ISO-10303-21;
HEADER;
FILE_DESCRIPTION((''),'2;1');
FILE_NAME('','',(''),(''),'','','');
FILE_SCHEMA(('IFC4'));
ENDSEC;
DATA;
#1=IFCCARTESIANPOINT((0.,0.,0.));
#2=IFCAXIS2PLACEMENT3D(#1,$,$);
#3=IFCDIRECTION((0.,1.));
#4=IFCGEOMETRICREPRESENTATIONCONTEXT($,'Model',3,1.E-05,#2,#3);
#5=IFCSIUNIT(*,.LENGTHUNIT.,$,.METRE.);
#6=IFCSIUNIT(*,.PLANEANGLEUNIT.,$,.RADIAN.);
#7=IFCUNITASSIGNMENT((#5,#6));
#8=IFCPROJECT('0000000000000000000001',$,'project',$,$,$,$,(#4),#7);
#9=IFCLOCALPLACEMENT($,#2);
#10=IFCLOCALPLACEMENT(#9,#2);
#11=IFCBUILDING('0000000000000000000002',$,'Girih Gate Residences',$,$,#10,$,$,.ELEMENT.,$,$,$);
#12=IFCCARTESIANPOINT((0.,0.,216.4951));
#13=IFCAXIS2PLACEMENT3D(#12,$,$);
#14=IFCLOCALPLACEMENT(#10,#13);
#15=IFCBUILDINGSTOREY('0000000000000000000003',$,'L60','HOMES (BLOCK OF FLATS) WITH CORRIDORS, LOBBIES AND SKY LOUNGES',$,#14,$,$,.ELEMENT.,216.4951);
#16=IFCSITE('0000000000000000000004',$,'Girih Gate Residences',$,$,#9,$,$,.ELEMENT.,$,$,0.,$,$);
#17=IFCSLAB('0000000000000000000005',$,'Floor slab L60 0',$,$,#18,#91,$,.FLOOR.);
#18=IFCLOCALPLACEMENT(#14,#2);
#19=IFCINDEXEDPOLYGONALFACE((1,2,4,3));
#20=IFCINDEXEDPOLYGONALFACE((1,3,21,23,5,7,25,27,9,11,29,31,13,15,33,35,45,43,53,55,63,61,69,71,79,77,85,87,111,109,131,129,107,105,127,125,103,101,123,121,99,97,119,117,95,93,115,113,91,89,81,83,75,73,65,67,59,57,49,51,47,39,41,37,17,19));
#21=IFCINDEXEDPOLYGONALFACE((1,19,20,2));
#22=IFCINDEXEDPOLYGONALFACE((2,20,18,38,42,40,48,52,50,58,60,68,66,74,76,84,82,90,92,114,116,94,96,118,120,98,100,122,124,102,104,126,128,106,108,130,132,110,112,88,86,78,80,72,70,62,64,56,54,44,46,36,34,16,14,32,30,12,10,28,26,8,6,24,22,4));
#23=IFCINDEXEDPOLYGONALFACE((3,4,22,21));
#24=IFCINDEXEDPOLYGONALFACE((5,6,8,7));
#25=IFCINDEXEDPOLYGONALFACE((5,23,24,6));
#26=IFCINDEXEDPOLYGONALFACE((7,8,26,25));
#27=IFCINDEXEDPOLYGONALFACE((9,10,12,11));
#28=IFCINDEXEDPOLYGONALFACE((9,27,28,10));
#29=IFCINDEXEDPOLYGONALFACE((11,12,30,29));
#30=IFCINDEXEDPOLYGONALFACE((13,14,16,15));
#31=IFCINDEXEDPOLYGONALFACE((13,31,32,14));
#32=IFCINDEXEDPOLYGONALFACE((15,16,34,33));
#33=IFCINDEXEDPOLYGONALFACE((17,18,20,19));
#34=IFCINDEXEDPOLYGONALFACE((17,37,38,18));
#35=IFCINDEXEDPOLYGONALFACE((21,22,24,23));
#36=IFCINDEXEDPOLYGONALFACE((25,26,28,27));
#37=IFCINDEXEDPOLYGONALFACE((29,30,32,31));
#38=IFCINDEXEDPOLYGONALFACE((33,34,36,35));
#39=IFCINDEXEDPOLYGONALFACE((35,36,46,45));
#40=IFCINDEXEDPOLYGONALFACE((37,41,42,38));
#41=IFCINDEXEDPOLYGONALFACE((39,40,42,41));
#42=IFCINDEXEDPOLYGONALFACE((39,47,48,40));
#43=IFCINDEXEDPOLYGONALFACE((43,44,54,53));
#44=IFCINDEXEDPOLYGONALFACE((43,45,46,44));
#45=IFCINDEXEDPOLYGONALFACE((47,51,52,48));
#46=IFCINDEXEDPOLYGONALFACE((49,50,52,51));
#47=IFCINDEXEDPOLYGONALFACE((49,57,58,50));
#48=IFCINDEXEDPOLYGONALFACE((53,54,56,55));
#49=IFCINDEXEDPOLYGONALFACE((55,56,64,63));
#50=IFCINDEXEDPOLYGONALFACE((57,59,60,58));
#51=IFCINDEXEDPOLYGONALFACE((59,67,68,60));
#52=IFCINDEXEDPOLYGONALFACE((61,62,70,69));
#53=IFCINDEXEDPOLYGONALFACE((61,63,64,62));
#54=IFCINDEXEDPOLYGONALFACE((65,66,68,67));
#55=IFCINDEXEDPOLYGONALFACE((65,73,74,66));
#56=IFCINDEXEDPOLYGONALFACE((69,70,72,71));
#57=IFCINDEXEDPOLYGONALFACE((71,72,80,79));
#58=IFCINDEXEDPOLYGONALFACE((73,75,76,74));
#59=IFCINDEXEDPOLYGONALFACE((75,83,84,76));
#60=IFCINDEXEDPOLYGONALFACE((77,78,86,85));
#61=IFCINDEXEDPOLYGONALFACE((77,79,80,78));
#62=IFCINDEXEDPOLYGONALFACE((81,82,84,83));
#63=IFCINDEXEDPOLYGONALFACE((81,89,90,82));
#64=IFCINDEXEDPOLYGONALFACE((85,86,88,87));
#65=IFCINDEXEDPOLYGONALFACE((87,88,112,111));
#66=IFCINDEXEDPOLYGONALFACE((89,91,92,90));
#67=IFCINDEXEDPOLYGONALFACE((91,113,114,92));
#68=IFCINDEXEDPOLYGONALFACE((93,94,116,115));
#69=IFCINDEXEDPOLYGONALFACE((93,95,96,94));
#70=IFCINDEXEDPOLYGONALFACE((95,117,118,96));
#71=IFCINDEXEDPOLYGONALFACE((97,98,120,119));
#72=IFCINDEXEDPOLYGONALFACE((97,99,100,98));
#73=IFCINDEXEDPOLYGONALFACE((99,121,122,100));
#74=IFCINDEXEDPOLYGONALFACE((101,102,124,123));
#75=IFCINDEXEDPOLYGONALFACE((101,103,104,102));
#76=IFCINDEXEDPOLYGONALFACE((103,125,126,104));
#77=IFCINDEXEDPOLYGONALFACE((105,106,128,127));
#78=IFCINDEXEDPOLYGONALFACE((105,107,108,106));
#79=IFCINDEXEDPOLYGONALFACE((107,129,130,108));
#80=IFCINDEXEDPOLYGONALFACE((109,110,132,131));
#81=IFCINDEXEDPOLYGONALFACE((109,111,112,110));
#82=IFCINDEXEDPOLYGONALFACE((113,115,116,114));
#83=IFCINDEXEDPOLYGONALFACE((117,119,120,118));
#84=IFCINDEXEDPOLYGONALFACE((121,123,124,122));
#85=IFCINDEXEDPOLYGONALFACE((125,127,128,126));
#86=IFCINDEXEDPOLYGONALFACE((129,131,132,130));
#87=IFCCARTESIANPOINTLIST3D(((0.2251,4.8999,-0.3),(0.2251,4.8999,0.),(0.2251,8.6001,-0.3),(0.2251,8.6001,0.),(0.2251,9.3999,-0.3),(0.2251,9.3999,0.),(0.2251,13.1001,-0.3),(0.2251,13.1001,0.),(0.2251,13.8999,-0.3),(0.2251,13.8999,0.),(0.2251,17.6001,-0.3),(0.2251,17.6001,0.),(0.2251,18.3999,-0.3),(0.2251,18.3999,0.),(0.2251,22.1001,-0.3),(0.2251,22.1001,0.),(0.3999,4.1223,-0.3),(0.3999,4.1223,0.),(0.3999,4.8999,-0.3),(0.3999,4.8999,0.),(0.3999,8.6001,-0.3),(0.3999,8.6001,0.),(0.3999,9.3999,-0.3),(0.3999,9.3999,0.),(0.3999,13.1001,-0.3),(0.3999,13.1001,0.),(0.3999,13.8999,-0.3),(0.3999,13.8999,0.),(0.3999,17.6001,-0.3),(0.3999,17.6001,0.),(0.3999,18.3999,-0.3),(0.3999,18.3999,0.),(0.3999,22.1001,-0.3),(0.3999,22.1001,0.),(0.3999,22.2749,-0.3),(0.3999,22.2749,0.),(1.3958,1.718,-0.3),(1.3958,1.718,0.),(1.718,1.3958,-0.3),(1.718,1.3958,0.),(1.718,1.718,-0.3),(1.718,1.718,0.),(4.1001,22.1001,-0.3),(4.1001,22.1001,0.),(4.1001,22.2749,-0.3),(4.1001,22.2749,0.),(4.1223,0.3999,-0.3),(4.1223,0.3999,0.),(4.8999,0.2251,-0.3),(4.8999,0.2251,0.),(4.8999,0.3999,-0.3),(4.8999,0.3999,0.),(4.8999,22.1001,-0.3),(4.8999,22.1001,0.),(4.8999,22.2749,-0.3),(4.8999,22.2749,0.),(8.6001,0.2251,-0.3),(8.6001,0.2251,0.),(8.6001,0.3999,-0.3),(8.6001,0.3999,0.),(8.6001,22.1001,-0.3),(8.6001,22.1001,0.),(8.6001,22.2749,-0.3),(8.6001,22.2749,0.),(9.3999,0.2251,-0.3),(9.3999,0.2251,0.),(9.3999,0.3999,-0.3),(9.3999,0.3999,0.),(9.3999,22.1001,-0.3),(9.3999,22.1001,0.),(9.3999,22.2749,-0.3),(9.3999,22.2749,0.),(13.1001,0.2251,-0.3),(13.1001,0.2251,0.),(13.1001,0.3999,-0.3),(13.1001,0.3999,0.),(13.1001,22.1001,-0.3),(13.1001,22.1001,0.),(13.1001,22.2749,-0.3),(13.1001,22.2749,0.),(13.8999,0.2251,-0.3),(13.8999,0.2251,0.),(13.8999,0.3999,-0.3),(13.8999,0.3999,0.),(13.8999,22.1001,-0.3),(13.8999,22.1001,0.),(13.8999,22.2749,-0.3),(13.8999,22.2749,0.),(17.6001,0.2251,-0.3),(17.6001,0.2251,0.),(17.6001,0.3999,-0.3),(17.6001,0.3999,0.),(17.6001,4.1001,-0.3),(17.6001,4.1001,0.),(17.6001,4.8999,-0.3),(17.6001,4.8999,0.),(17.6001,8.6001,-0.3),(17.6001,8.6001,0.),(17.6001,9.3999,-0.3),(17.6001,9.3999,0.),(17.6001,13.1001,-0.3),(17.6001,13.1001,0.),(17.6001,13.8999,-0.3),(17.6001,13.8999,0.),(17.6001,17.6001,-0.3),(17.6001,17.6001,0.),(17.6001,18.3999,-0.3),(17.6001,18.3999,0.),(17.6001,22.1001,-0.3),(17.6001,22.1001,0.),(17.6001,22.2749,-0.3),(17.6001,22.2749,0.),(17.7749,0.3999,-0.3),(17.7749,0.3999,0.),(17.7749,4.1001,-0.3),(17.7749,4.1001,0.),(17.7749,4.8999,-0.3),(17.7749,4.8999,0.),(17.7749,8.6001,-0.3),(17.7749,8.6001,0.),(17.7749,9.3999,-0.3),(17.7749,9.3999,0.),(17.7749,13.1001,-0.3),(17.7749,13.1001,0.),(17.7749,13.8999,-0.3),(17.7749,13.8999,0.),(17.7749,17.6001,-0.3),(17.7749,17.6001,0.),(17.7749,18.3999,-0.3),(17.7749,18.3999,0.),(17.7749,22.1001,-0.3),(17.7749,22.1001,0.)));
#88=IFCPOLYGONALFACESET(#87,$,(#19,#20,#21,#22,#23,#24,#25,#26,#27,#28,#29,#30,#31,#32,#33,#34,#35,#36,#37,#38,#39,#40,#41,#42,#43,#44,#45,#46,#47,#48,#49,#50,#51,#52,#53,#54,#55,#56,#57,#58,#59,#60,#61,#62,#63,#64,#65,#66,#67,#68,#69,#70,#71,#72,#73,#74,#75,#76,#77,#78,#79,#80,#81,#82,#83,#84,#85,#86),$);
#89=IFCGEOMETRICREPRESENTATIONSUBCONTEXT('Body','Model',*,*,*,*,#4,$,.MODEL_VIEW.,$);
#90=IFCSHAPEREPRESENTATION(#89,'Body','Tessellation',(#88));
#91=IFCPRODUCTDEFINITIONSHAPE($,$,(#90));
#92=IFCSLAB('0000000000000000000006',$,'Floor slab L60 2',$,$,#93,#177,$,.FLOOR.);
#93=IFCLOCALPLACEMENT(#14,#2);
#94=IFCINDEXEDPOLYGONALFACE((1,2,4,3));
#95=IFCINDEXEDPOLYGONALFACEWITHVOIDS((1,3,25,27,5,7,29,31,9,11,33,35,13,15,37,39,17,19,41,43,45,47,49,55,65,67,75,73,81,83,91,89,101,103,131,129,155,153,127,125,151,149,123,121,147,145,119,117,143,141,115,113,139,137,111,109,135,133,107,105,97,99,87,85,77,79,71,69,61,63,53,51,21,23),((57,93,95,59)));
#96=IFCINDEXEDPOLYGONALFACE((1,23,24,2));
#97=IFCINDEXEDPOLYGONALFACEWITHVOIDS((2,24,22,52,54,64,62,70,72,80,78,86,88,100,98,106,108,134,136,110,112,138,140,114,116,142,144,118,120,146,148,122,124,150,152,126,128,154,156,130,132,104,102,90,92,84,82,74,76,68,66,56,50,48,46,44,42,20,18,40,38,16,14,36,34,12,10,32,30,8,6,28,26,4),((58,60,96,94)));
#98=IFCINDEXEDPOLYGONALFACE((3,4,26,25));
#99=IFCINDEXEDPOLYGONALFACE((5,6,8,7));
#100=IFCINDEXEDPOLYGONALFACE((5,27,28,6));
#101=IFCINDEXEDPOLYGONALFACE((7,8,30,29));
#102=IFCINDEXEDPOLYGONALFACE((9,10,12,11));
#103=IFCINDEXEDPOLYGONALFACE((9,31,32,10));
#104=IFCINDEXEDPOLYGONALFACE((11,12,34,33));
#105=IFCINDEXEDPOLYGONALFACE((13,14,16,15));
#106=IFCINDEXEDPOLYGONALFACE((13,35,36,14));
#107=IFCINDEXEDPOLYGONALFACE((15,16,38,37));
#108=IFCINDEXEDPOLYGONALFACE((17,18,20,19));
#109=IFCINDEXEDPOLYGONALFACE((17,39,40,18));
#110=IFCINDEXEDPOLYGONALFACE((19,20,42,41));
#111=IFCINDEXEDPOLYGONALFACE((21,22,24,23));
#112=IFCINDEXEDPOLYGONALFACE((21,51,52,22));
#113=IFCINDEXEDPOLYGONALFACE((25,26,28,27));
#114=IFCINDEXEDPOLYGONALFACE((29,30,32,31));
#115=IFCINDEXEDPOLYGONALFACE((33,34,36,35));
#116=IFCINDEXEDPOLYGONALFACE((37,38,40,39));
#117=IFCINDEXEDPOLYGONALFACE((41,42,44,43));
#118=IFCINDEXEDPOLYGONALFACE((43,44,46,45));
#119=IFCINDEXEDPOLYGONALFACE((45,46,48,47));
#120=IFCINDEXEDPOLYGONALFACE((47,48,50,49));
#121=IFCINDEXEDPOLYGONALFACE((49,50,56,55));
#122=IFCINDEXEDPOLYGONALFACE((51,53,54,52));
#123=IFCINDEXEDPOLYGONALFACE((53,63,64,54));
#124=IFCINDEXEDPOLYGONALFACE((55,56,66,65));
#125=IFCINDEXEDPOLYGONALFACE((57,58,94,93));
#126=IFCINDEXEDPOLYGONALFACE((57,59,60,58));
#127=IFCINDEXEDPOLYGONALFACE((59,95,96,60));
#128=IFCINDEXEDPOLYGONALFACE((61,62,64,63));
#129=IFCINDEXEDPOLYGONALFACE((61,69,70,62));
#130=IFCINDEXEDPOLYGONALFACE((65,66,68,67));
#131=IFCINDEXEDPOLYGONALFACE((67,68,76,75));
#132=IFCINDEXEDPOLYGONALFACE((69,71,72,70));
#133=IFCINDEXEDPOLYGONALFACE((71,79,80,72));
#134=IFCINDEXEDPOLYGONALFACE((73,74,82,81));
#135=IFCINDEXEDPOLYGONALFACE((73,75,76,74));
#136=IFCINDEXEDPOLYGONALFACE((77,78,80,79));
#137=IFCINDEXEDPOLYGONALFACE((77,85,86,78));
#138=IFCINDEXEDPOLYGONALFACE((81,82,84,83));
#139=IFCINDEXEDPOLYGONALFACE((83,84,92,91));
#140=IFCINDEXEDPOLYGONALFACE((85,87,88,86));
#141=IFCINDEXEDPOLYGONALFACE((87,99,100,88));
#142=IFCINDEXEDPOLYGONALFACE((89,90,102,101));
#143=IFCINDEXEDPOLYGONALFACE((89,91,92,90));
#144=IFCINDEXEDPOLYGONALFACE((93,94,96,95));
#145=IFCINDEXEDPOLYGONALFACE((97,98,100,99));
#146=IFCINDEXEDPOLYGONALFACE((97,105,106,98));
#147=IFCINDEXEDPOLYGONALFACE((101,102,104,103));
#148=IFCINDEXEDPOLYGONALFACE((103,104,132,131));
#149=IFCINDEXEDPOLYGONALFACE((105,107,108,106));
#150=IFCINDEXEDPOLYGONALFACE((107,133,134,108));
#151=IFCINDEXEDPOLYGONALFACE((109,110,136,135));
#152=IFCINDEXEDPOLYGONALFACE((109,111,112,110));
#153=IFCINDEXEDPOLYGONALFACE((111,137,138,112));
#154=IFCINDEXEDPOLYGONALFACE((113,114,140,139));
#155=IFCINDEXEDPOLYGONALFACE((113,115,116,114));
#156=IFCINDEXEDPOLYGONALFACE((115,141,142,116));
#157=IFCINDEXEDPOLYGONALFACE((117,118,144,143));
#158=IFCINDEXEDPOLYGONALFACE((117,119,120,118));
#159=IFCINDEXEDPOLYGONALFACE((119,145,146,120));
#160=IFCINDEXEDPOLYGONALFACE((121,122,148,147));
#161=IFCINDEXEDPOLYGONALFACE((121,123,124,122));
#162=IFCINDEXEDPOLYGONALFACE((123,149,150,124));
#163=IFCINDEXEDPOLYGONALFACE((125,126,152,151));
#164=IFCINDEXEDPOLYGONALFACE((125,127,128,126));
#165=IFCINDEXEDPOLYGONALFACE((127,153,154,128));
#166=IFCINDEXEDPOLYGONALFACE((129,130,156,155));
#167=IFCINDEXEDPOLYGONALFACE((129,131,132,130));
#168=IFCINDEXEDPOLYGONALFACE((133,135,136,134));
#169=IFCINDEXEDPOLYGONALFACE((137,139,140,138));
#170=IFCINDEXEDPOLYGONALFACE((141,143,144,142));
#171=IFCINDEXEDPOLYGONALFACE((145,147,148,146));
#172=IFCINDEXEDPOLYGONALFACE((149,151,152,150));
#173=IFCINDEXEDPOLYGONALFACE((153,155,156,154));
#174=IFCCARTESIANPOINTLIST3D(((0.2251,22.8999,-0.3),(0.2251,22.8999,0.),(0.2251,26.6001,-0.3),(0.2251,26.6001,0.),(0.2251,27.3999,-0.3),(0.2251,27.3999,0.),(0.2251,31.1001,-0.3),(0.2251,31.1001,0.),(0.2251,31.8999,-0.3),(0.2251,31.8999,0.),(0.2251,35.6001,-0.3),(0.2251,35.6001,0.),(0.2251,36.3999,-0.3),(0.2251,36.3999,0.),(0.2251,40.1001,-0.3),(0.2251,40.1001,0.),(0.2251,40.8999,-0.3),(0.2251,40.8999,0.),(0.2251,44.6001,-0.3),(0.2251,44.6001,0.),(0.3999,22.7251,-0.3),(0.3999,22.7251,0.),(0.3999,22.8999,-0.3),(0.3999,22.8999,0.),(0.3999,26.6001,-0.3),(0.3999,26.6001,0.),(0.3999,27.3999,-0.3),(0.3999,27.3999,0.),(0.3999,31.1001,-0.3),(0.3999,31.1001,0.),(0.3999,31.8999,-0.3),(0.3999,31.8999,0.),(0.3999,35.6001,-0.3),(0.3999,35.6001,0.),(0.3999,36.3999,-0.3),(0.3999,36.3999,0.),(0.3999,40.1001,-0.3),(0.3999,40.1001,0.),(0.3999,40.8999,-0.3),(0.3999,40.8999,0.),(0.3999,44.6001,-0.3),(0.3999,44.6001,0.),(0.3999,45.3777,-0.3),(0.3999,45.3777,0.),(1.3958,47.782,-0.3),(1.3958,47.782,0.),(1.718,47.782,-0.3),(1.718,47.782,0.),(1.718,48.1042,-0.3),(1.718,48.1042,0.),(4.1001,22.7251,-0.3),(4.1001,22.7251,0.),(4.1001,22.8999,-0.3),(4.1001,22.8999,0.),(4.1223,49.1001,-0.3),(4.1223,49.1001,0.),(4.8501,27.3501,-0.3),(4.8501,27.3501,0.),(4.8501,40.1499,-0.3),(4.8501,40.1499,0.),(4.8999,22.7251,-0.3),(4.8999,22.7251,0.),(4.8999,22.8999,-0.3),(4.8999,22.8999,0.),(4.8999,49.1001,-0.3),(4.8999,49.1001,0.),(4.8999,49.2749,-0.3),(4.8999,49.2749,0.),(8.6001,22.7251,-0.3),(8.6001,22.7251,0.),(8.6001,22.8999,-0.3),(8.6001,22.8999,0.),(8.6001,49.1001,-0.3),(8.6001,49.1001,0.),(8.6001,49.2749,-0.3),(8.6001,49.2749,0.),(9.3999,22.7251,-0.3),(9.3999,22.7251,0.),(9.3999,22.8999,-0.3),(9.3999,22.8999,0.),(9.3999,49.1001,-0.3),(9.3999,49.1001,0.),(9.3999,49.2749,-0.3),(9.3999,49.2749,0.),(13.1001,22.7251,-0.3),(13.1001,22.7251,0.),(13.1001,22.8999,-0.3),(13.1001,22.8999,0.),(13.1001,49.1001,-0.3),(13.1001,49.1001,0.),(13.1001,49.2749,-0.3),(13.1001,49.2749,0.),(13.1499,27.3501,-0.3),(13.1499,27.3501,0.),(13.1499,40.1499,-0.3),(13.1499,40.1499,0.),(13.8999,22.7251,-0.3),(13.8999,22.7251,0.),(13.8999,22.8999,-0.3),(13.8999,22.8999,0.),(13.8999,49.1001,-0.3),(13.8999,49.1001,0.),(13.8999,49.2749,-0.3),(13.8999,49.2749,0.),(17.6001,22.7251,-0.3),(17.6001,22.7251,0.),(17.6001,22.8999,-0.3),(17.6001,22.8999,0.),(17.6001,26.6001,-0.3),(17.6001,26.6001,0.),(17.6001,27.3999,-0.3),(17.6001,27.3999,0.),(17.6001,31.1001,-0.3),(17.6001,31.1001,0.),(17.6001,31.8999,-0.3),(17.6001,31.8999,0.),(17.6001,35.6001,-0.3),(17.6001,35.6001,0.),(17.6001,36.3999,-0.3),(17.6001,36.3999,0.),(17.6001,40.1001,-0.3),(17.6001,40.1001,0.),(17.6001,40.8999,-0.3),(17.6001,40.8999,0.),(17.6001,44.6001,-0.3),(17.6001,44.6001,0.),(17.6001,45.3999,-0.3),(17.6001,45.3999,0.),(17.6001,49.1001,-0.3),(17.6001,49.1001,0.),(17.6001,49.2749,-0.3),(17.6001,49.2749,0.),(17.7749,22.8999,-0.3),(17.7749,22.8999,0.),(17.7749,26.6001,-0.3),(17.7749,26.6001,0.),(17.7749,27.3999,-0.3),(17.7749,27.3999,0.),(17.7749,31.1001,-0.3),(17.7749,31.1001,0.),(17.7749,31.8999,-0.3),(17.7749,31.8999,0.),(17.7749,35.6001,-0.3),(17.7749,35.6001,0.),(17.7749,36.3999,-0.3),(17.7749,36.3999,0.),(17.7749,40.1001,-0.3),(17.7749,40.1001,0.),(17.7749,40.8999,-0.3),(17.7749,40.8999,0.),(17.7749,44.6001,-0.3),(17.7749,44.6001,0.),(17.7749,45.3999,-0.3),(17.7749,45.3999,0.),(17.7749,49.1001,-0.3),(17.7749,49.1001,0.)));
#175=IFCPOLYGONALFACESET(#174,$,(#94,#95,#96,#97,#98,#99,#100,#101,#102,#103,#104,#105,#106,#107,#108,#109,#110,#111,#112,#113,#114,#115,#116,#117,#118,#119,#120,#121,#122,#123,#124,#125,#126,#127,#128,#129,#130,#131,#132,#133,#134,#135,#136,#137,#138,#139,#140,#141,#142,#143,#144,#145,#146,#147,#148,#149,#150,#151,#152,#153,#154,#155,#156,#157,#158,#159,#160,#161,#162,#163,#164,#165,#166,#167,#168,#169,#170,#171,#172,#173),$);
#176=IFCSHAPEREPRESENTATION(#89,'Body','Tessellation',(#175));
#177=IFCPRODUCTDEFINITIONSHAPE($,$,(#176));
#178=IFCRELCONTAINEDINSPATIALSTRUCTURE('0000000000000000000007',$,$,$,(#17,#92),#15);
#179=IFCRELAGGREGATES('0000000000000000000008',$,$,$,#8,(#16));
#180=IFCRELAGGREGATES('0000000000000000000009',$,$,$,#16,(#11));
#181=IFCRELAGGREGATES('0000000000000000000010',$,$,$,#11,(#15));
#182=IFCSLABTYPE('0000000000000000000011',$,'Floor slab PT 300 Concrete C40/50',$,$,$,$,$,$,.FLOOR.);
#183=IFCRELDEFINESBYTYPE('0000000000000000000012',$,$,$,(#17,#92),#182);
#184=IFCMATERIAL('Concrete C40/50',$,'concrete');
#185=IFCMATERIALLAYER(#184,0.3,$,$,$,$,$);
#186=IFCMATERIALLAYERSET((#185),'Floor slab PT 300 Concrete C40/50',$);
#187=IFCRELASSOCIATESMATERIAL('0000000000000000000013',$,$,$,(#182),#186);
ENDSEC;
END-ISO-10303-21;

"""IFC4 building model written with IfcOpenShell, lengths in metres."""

from ifc_helpers import new_model, si_unit, direction, frame, origin, place, context, subcontext, project, spatial, polyline, outline, extrude, material, layer, layer_set, type_object, element, save


model = new_model("IFC4")

# Units and contexts
model_context = context("Model", 3, precision=1e-05, world=origin(), true_north=direction((0.0, 1.0)))
body_context = subcontext(model_context, "Body", "Model", "MODEL_VIEW")
ifc_project = project(units=[si_unit("LENGTHUNIT", "METRE"), si_unit("PLANEANGLEUNIT", "RADIAN")], contexts=[model_context])

# Site, building, storey
site_placement = place(None, origin())
site = spatial("IfcSite", under=ifc_project, at=site_placement, Name="Girih Gate Residences", CompositionType="ELEMENT", RefElevation=0.0)
building_placement = place(site_placement, origin())
building = spatial("IfcBuilding", under=site, at=building_placement, Name="Girih Gate Residences", CompositionType="ELEMENT")
storey_placement = place(building_placement, frame((0.0, 0.0, 216.4951)))
storey = spatial("IfcBuildingStorey", under=building, at=storey_placement, Name="L60", Description="HOMES (BLOCK OF FLATS) WITH CORRIDORS, LOBBIES AND SKY LOUNGES", CompositionType="ELEMENT", Elevation=216.4951)

# Slabs
ifc_material_1 = material(Name="Concrete C40/50", Category="concrete")
ifc_layer_1 = layer(ifc_material_1, 0.3)
ifc_layer_set_1 = layer_set([ifc_layer_1], Name="Floor slab PT 300 Concrete C40/50")
slab_type_1 = type_object("IfcSlabType", Name="Floor slab PT 300 Concrete C40/50", PredefinedType="FLOOR", material=ifc_layer_set_1)
slab_1_placement = place(storey_placement, frame((0.0, 0.0, -0.3)))
element("IfcSlab", 1, at=slab_1_placement, inside=storey, type_object=slab_type_1, Name="Floor slab L60 0", PredefinedType="FLOOR", context=body_context, shape_type="SweptSolid", body=[
    extrude(outline(polyline([(13.8999, 0.2251), (17.6001, 0.2251), (17.6001, 0.3999), (17.7749, 0.3999), (17.7749, 4.1001), (17.6001, 4.1001), (17.6001, 4.8999), (17.7749, 4.8999), (17.7749, 8.6001), (17.6001, 8.6001), (17.6001, 9.3999), (17.7749, 9.3999), (17.7749, 13.1001), (17.6001, 13.1001), (17.6001, 13.8999), (17.7749, 13.8999), (17.7749, 17.6001), (17.6001, 17.6001), (17.6001, 18.3999), (17.7749, 18.3999), (17.7749, 22.1001), (17.6001, 22.1001), (17.6001, 22.2749), (13.8999, 22.2749), (13.8999, 22.1001), (13.1001, 22.1001), (13.1001, 22.2749), (9.3999, 22.2749), (9.3999, 22.1001), (8.6001, 22.1001), (8.6001, 22.2749), (4.8999, 22.2749), (4.8999, 22.1001), (4.1001, 22.1001), (4.1001, 22.2749), (0.3999, 22.2749), (0.3999, 22.1001), (0.2251, 22.1001), (0.2251, 18.3999), (0.3999, 18.3999), (0.3999, 17.6001), (0.2251, 17.6001), (0.2251, 13.8999), (0.3999, 13.8999), (0.3999, 13.1001), (0.2251, 13.1001), (0.2251, 9.3999), (0.3999, 9.3999), (0.3999, 8.6001), (0.2251, 8.6001), (0.2251, 4.8999), (0.3999, 4.8999), (0.3999, 4.1223), (1.3958, 1.718), (1.718, 1.718), (1.718, 1.3958), (4.1223, 0.3999), (4.8999, 0.3999), (4.8999, 0.2251), (8.6001, 0.2251), (8.6001, 0.3999), (9.3999, 0.3999), (9.3999, 0.2251), (13.1001, 0.2251), (13.1001, 0.3999), (13.8999, 0.3999), (13.8999, 0.2251)])), origin(), (0.0, 0.0, 1.0), 0.3),
])
slab_2_placement = place(storey_placement, frame((0.0, 0.0, -0.3)))
element("IfcSlab", 2, at=slab_2_placement, inside=storey, type_object=slab_type_1, Name="Floor slab L60 2", PredefinedType="FLOOR", context=body_context, shape_type="SweptSolid", body=[
    extrude(outline(polyline([(0.2251, 26.6001), (0.2251, 22.8999), (0.3999, 22.8999), (0.3999, 22.7251), (4.1001, 22.7251), (4.1001, 22.8999), (4.8999, 22.8999), (4.8999, 22.7251), (8.6001, 22.7251), (8.6001, 22.8999), (9.3999, 22.8999), (9.3999, 22.7251), (13.1001, 22.7251), (13.1001, 22.8999), (13.8999, 22.8999), (13.8999, 22.7251), (17.6001, 22.7251), (17.6001, 22.8999), (17.7749, 22.8999), (17.7749, 26.6001), (17.6001, 26.6001), (17.6001, 27.3999), (17.7749, 27.3999), (17.7749, 31.1001), (17.6001, 31.1001), (17.6001, 31.8999), (17.7749, 31.8999), (17.7749, 35.6001), (17.6001, 35.6001), (17.6001, 36.3999), (17.7749, 36.3999), (17.7749, 40.1001), (17.6001, 40.1001), (17.6001, 40.8999), (17.7749, 40.8999), (17.7749, 44.6001), (17.6001, 44.6001), (17.6001, 45.3999), (17.7749, 45.3999), (17.7749, 49.1001), (17.6001, 49.1001), (17.6001, 49.2749), (13.8999, 49.2749), (13.8999, 49.1001), (13.1001, 49.1001), (13.1001, 49.2749), (9.3999, 49.2749), (9.3999, 49.1001), (8.6001, 49.1001), (8.6001, 49.2749), (4.8999, 49.2749), (4.8999, 49.1001), (4.1223, 49.1001), (1.718, 48.1042), (1.718, 47.782), (1.3958, 47.782), (0.3999, 45.3777), (0.3999, 44.6001), (0.2251, 44.6001), (0.2251, 40.8999), (0.3999, 40.8999), (0.3999, 40.1001), (0.2251, 40.1001), (0.2251, 36.3999), (0.3999, 36.3999), (0.3999, 35.6001), (0.2251, 35.6001), (0.2251, 31.8999), (0.3999, 31.8999), (0.3999, 31.1001), (0.2251, 31.1001), (0.2251, 27.3999), (0.3999, 27.3999), (0.3999, 26.6001), (0.2251, 26.6001)]), holes=[polyline([(13.1499, 40.1499), (13.1499, 27.3501), (4.8501, 27.3501), (4.8501, 40.1499), (13.1499, 40.1499)])]), origin(), (0.0, 0.0, 1.0), 0.3),
])

save(model, "model.ifc")
